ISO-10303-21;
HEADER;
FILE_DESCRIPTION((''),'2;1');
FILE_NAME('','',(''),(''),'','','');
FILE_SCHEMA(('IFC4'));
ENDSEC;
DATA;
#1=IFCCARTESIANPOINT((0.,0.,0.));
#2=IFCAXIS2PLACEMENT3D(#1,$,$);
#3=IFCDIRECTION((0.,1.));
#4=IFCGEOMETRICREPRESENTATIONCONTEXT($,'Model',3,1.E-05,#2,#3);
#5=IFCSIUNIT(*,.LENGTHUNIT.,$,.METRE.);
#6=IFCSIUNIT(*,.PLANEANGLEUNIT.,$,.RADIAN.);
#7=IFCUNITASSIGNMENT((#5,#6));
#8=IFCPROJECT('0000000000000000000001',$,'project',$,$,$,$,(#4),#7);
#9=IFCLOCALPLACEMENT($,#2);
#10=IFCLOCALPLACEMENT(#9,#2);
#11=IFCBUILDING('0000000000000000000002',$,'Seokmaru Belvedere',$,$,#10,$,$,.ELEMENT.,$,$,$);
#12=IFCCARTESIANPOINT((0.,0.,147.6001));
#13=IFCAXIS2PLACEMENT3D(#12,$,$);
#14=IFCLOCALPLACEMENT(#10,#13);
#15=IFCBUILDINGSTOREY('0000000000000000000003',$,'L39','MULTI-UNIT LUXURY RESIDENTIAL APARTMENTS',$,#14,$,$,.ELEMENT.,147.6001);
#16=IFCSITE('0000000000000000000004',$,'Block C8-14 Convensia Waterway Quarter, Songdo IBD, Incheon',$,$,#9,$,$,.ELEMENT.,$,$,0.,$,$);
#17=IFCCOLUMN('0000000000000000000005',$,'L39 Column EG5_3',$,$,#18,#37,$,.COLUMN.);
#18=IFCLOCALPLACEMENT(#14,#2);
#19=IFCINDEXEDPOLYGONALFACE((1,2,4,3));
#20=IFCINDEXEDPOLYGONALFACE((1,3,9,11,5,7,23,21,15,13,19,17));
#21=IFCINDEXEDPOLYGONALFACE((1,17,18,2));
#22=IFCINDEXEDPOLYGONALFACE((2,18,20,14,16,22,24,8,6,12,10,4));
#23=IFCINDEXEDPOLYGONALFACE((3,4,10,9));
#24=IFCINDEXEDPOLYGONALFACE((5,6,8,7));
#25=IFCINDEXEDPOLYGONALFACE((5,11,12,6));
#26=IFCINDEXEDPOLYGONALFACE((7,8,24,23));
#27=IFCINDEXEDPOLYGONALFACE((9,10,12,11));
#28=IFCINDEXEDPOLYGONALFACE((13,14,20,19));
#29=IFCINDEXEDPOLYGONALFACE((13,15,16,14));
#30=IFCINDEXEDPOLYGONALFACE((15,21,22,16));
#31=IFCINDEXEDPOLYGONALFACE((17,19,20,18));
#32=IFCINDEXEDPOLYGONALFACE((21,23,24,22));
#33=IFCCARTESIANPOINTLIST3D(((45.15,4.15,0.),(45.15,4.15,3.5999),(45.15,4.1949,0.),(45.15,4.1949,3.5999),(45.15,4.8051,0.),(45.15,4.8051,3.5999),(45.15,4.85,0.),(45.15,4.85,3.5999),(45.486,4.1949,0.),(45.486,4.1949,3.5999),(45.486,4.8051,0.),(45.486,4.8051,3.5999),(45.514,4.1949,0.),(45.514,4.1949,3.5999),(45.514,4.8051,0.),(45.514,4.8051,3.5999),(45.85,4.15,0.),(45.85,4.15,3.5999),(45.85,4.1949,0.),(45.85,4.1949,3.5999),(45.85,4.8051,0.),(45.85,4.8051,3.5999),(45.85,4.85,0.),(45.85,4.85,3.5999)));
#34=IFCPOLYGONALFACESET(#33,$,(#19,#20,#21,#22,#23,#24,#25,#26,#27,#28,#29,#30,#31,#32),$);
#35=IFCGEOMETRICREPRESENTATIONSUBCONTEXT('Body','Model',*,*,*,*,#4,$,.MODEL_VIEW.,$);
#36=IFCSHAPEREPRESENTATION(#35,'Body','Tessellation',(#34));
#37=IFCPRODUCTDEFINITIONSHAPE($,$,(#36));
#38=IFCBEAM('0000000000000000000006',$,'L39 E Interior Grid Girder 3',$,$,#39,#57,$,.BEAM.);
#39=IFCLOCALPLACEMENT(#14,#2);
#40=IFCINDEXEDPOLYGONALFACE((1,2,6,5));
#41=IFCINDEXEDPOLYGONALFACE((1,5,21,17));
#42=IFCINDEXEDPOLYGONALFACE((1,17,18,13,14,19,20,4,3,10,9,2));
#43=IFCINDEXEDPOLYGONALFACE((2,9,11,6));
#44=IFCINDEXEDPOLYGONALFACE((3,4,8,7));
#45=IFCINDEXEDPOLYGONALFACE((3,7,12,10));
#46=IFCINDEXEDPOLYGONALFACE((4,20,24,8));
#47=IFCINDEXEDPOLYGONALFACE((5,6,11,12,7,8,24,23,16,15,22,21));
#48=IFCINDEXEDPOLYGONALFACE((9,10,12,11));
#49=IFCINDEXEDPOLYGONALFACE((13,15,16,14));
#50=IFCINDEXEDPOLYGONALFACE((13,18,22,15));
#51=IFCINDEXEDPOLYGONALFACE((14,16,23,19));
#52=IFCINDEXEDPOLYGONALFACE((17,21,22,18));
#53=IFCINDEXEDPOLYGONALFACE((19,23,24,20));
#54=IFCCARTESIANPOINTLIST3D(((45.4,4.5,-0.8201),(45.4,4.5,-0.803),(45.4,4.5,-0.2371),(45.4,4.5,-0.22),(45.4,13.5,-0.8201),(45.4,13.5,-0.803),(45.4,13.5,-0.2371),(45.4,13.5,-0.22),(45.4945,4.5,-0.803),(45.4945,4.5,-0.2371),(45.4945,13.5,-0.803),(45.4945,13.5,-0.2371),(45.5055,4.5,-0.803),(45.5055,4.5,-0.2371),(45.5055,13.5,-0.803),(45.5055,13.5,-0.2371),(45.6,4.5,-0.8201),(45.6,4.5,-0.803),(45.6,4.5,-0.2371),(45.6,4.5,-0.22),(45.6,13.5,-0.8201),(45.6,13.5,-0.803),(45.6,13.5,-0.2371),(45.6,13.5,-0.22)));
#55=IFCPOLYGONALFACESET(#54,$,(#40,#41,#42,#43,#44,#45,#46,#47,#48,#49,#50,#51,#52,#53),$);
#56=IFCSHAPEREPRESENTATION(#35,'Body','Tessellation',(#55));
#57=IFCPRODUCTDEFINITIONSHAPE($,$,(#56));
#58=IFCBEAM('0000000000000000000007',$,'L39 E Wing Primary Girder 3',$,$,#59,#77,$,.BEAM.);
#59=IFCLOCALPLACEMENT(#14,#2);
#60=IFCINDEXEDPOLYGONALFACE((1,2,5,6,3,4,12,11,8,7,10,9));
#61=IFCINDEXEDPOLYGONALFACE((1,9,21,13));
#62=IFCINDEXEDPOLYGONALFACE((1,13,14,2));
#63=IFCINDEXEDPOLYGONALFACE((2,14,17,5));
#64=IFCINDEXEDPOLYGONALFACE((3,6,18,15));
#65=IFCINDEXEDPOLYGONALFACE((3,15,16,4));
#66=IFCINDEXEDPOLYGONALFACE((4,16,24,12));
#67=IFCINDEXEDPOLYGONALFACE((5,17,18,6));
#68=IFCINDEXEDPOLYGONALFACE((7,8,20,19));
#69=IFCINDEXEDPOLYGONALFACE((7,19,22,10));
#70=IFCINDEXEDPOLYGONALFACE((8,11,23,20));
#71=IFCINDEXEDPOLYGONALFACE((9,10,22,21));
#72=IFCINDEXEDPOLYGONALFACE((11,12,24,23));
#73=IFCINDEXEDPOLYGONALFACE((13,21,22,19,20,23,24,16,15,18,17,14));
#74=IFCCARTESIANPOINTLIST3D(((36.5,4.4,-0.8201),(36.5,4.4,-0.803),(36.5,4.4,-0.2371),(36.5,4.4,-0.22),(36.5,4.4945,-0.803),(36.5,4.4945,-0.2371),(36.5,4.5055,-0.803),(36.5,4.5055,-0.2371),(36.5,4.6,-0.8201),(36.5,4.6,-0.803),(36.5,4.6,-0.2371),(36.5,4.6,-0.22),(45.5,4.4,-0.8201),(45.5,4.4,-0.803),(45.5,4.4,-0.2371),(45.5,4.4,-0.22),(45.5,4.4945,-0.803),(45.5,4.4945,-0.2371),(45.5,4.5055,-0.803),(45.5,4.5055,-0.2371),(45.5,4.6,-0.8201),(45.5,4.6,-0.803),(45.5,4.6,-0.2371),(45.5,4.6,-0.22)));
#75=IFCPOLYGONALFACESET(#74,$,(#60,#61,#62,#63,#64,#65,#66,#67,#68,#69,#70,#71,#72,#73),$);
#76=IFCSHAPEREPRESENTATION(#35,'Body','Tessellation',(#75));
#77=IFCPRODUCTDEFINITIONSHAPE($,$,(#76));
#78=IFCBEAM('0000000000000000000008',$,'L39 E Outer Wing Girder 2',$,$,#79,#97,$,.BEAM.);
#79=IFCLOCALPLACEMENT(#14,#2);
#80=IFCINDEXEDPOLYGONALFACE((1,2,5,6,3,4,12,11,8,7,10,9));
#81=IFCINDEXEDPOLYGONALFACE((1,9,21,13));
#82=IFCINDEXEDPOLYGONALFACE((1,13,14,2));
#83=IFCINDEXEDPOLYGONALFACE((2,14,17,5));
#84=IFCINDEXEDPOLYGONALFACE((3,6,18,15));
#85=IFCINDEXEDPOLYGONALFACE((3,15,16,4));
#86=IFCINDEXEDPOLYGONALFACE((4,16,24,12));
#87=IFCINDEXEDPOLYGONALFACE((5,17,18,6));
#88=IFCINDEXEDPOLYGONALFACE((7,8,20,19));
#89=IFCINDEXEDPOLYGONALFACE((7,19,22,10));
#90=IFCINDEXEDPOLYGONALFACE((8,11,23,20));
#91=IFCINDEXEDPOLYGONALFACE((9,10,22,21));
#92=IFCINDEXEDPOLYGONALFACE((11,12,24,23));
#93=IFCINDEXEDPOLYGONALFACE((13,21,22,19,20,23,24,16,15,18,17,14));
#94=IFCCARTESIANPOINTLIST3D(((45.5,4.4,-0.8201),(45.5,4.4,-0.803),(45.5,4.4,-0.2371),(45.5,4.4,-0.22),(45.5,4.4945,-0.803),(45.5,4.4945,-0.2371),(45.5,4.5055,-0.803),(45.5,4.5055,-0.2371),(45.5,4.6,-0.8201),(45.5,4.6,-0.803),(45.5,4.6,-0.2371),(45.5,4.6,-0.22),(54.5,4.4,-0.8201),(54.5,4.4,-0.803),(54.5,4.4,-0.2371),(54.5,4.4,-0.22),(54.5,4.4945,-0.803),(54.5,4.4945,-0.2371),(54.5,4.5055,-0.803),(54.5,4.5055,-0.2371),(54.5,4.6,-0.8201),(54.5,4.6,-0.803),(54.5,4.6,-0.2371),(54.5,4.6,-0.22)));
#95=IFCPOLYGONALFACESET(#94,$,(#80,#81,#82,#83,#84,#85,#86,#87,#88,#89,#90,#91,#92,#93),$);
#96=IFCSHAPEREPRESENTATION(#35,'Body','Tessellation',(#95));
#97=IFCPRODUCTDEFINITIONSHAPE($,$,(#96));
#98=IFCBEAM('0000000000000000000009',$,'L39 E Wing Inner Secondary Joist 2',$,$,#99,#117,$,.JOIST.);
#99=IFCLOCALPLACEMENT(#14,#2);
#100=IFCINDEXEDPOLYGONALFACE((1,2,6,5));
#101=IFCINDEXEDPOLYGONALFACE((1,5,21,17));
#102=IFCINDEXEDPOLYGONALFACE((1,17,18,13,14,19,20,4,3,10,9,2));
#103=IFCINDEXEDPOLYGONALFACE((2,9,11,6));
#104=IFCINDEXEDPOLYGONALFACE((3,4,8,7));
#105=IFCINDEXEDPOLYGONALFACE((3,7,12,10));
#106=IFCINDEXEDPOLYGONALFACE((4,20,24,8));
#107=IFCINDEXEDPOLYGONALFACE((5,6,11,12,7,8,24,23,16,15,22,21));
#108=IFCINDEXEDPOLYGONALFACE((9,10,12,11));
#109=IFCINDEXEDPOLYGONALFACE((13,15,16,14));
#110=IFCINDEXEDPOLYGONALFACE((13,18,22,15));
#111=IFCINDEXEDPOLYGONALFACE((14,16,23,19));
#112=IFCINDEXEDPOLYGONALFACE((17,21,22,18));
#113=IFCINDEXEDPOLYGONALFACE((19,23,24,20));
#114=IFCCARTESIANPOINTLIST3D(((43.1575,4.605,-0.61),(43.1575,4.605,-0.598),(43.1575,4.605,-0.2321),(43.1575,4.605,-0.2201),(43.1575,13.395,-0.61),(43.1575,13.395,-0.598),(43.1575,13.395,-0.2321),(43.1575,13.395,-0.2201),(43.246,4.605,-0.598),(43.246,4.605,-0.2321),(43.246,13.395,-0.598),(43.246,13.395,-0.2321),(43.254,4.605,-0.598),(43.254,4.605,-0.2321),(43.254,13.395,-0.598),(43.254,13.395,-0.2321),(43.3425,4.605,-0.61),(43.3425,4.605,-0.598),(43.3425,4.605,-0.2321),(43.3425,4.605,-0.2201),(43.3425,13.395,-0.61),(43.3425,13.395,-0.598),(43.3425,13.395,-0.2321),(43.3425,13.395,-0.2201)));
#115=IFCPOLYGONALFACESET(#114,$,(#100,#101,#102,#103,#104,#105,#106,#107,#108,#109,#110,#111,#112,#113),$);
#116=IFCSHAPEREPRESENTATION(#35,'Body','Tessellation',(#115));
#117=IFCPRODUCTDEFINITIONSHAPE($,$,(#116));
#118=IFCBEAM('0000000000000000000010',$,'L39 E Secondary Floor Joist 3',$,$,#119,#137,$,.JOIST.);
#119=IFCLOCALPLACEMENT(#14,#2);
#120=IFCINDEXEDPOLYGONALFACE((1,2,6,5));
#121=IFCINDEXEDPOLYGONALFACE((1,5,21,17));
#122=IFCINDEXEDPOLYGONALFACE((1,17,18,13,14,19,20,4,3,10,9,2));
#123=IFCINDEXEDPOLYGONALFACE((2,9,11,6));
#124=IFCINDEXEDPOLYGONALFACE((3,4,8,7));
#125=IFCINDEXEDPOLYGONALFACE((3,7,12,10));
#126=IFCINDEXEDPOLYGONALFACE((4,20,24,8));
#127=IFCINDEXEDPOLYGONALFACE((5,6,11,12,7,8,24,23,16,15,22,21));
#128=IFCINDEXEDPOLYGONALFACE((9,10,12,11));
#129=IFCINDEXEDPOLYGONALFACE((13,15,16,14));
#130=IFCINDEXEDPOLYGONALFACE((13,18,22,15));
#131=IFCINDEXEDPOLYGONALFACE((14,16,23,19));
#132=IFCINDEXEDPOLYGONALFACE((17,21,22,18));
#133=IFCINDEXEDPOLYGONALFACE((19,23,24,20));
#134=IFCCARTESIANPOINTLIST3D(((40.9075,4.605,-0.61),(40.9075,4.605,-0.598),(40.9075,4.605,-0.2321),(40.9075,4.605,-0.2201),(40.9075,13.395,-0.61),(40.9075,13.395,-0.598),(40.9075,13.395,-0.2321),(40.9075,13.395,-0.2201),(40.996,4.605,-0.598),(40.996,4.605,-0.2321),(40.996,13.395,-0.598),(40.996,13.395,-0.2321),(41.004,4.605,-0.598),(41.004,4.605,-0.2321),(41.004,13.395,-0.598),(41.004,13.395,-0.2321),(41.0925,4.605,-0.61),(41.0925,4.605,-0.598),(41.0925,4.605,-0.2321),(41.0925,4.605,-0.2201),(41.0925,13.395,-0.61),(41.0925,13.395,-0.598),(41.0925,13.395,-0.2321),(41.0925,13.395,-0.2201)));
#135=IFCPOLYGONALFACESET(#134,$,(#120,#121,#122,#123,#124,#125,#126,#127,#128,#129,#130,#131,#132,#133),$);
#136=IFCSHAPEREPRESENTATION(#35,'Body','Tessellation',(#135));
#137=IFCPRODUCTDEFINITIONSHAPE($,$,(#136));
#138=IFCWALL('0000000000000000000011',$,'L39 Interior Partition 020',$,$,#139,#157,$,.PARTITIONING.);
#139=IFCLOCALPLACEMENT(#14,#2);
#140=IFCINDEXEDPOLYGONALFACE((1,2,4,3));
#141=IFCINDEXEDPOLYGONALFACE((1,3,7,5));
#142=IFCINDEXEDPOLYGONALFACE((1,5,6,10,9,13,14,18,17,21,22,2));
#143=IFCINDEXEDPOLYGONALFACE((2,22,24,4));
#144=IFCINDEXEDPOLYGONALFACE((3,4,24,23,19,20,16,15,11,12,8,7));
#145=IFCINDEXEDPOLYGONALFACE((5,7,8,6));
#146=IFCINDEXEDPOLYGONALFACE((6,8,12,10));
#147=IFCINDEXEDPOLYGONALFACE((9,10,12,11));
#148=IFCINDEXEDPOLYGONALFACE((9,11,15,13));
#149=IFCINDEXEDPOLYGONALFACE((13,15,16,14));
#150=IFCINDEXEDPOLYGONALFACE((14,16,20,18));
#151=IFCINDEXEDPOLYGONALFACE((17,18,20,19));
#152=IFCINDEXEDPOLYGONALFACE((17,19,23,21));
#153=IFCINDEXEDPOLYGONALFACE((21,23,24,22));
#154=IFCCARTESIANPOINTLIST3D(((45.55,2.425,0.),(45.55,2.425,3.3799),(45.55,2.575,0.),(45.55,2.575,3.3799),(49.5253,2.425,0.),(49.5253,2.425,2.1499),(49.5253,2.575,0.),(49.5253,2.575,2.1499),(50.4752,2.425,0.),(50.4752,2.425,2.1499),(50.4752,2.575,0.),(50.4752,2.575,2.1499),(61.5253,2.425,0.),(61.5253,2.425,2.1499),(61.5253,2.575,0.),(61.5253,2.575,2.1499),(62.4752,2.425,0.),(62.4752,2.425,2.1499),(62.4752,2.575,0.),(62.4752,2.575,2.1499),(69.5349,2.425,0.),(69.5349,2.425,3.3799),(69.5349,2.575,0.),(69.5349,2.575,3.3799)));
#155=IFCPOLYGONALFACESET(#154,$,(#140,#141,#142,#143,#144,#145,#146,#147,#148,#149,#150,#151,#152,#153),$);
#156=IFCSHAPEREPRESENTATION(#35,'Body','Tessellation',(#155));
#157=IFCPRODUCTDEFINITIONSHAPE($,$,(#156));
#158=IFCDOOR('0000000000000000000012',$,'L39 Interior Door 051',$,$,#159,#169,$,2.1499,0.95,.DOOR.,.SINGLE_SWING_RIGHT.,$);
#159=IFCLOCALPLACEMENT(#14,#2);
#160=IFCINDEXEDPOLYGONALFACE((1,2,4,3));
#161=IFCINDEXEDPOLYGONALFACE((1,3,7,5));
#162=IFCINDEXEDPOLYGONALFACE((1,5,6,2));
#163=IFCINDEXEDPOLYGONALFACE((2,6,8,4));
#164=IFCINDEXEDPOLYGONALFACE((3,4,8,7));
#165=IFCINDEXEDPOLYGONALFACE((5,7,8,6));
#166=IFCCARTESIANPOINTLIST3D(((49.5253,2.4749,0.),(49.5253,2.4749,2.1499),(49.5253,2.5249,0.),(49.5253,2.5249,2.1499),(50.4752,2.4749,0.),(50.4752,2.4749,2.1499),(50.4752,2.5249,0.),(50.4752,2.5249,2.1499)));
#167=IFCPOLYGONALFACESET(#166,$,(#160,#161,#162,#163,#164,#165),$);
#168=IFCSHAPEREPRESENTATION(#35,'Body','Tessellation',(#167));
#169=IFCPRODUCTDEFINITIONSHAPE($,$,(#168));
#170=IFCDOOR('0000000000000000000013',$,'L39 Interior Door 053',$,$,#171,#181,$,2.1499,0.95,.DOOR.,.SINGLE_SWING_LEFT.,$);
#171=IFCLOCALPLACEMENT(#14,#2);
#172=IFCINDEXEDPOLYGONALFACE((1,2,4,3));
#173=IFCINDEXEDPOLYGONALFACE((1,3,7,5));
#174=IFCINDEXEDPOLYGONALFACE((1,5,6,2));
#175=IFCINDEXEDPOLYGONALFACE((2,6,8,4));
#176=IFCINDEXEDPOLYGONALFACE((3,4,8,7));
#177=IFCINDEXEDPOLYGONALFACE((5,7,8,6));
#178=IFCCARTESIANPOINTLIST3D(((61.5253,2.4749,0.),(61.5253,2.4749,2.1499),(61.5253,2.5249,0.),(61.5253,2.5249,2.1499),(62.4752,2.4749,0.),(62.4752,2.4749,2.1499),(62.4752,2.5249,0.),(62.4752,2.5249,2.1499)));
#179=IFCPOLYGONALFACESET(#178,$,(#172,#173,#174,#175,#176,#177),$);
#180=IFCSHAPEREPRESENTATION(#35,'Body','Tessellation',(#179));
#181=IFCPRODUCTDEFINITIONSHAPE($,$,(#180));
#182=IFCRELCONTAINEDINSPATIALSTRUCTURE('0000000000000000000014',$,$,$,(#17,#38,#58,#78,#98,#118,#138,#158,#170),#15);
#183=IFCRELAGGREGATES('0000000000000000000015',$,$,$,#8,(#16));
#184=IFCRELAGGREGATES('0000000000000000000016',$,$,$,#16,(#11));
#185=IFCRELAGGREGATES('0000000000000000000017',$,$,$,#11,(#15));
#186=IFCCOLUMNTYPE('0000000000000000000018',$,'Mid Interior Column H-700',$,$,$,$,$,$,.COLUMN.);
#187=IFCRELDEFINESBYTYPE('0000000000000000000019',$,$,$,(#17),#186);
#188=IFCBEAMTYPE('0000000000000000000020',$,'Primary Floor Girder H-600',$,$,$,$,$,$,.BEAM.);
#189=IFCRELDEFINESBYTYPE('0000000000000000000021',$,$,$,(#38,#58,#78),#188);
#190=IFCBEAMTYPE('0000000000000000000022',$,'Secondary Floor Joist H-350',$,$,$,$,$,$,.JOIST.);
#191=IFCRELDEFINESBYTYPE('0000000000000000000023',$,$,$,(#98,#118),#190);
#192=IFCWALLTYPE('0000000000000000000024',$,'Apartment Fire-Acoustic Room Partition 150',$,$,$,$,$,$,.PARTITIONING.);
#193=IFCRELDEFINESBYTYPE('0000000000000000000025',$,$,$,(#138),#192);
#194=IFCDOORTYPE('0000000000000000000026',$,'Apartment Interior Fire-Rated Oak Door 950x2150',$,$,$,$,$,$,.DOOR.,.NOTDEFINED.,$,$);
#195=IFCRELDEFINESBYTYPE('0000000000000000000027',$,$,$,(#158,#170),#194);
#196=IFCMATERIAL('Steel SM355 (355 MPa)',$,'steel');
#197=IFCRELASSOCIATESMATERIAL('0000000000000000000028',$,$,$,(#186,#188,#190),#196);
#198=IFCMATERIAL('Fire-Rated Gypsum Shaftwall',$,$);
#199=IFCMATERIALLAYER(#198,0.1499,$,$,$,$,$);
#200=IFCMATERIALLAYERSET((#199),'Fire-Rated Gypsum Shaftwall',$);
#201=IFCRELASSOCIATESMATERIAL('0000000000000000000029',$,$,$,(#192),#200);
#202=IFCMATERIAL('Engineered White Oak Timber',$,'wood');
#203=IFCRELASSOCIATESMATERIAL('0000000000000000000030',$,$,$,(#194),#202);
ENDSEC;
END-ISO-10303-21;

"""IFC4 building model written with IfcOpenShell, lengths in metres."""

from ifc_helpers import new_model, si_unit, direction, frame, frame_2d, origin, origin_2d, place, context, subcontext, project, spatial, rectangle, i_section, extrude, source, transform, mapped, material, layer, layer_set, material_profile, profile_set, type_object, type_shapes, element, fill, save


model = new_model("IFC4")

# Units and contexts
model_context = context("Model", 3, precision=1e-05, world=origin(), true_north=direction((0.0, 1.0)))
body_context = subcontext(model_context, "Body", "Model", "MODEL_VIEW")
ifc_project = project(units=[si_unit("LENGTHUNIT", "METRE"), si_unit("PLANEANGLEUNIT", "RADIAN")], contexts=[model_context])

# Site, building, storey
site_placement = place(None, origin())
site = spatial("IfcSite", under=ifc_project, at=site_placement, Name="Block C8-14 Convensia Waterway Quarter, Songdo IBD, Incheon", CompositionType="ELEMENT", RefElevation=0.0)
building_placement = place(site_placement, origin())
building = spatial("IfcBuilding", under=site, at=building_placement, Name="Seokmaru Belvedere", CompositionType="ELEMENT")
storey_placement = place(building_placement, frame((0.0, 0.0, 147.6001)))
storey = spatial("IfcBuildingStorey", under=building, at=storey_placement, Name="L39", Description="MULTI-UNIT LUXURY RESIDENTIAL APARTMENTS", CompositionType="ELEMENT", Elevation=147.6001)

# Column
ifc_material_1 = material(Name="Steel SM355 (355 MPa)", Category="steel")
ifc_material_profile_1 = material_profile(ifc_material_1, i_section(OverallWidth=0.7, OverallDepth=0.7, WebThickness=0.0281, FlangeThickness=0.0449, at=origin_2d()), Name="H-700x700x28x45")
ifc_profile_set_1 = profile_set([ifc_material_profile_1], Name="Steel SM355 (355 MPa)")
column_type = type_object("IfcColumnType", Name="Mid Interior Column H-700", PredefinedType="COLUMN", material=ifc_profile_set_1)
shared_shape_1 = source(origin(), body_context, "Body", "SweptSolid", [
    extrude(i_section(OverallWidth=0.7, OverallDepth=0.7, WebThickness=0.0281, FlangeThickness=0.0449, at=origin_2d()), origin(), (0.0, 0.0, 1.0), 3.5999),
])
type_shapes(column_type, [shared_shape_1])
column_placement = place(storey_placement, frame((45.5, 4.5, 0.0), z_axis=(0.0, 0.0, 1.0), x_axis=(1.0, 0.0, 0.0)))
element("IfcColumn", 1, at=column_placement, inside=storey, type_object=column_type, Name="L39 Column EG5_3", PredefinedType="COLUMN", context=body_context, shape_type="MappedRepresentation", body=[
    mapped(shared_shape_1, transform((0.0, 0.0, 0.0), scale=1.0)),
])

# Beams
ifc_material_profile_2 = material_profile(ifc_material_1, i_section(OverallWidth=0.2, OverallDepth=0.6001, WebThickness=0.011, FlangeThickness=0.0171, at=origin_2d()), Name="H-600x200x11x17")
ifc_profile_set_2 = profile_set([ifc_material_profile_2], Name="Steel SM355 (355 MPa)")
beam_type_1 = type_object("IfcBeamType", Name="Primary Floor Girder H-600", PredefinedType="BEAM", material=ifc_profile_set_2)
shared_shape_2 = source(origin(), body_context, "Body", "SweptSolid", [
    extrude(i_section(OverallWidth=0.2, OverallDepth=0.6001, WebThickness=0.011, FlangeThickness=0.0171, at=origin_2d()), origin(), (0.0, 0.0, 1.0), 9.0),
])
type_shapes(beam_type_1, [shared_shape_2])
for number, where, z_axis, x_axis, name in (
    (2, (45.5, 4.5, -0.52), (0.0, 1.0, 0.0), (-1.0, 0.0, 0.0), "L39 E Interior Grid Girder 3"),
    (3, (36.5, 4.5, -0.52), (1.0, 0.0, 0.0), (0.0, 1.0, 0.0), "L39 E Wing Primary Girder 3"),
    (4, (45.5, 4.5, -0.52), (1.0, 0.0, 0.0), (0.0, 1.0, 0.0), "L39 E Outer Wing Girder 2"),
):
    element("IfcBeam", number, at=place(storey_placement, frame(where, z_axis=z_axis, x_axis=x_axis)), inside=storey, type_object=beam_type_1, Name=name, PredefinedType="BEAM", context=body_context, shape_type="MappedRepresentation", body=[
        mapped(shared_shape_2, transform((0.0, 0.0, 0.0), scale=1.0)),
    ])
ifc_material_profile_3 = material_profile(ifc_material_1, i_section(OverallWidth=0.1851, OverallDepth=0.3899, WebThickness=0.0081, FlangeThickness=0.012, at=origin_2d()), Name="H-390x185x8x12")
ifc_profile_set_3 = profile_set([ifc_material_profile_3], Name="Steel SM355 (355 MPa)")
beam_type_2 = type_object("IfcBeamType", Name="Secondary Floor Joist H-350", PredefinedType="JOIST", material=ifc_profile_set_3)
shared_shape_3 = source(origin(), body_context, "Body", "SweptSolid", [
    extrude(i_section(OverallWidth=0.1851, OverallDepth=0.3899, WebThickness=0.0081, FlangeThickness=0.012, at=origin_2d()), origin(), (0.0, 0.0, 1.0), 8.79),
])
type_shapes(beam_type_2, [shared_shape_3])
for number, where, z_axis, x_axis, name in (
    (5, (43.25, 4.605, -0.415), (0.0, 1.0, 0.0), (-1.0, 0.0, 0.0), "L39 E Wing Inner Secondary Joist 2"),
    (6, (41.0, 4.605, -0.415), (0.0, 1.0, 0.0), (-1.0, 0.0, 0.0), "L39 E Secondary Floor Joist 3"),
):
    element("IfcBeam", number, at=place(storey_placement, frame(where, z_axis=z_axis, x_axis=x_axis)), inside=storey, type_object=beam_type_2, Name=name, PredefinedType="JOIST", context=body_context, shape_type="MappedRepresentation", body=[
        mapped(shared_shape_3, transform((0.0, 0.0, 0.0), scale=1.0)),
    ])

# Wall, openings, doors
ifc_material_2 = material(Name="Fire-Rated Gypsum Shaftwall")
ifc_layer_1 = layer(ifc_material_2, 0.1499)
ifc_layer_set_1 = layer_set([ifc_layer_1], Name="Fire-Rated Gypsum Shaftwall")
wall_type_1 = type_object("IfcWallType", Name="Apartment Fire-Acoustic Room Partition 150", PredefinedType="PARTITIONING", material=ifc_layer_set_1)
wall_1_placement = place(storey_placement, frame((45.55, 2.5, 0.0), z_axis=(0.0, 0.0, 1.0), x_axis=(1.0, 0.0, 0.0)))
wall_1 = element("IfcWall", 7, at=wall_1_placement, inside=storey, type_object=wall_type_1, Name="L39 Interior Partition 020", PredefinedType="PARTITIONING", context=body_context, shape_type="SweptSolid", body=[
    extrude(rectangle(XDim=23.9849, YDim=0.1499, at=frame_2d((11.9924, 0.0))), origin(), (0.0, 0.0, 1.0), 3.3799),
])
opening_1_placement = place(wall_1_placement, frame((3.9751, 0.0, 0.0)))
opening_1 = element("IfcOpeningElement", 8, at=opening_1_placement, cuts=wall_1, PredefinedType="OPENING", context=body_context, shape_type="SweptSolid", body=[
    extrude(rectangle(XDim=0.95, YDim=2.1499, at=frame_2d((0.4751, 1.075))), frame((0.0, 0.085, 0.0), z_axis=(0.0, -1.0, 0.0), x_axis=(1.0, 0.0, 0.0)), (0.0, 0.0, 1.0), 0.1699),
])
opening_2_placement = place(wall_1_placement, frame((15.9751, 0.0, 0.0)))
opening_2 = element("IfcOpeningElement", 9, at=opening_2_placement, cuts=wall_1, PredefinedType="OPENING", context=body_context, shape_type="SweptSolid", body=[
    extrude(rectangle(XDim=0.95, YDim=2.1499, at=frame_2d((0.4751, 1.075))), frame((0.0, 0.085, 0.0), z_axis=(0.0, -1.0, 0.0), x_axis=(1.0, 0.0, 0.0)), (0.0, 0.0, 1.0), 0.1699),
])
ifc_material_3 = material(Name="Engineered White Oak Timber", Category="wood")
door_type_1 = type_object("IfcDoorType", Name="Apartment Interior Fire-Rated Oak Door 950x2150", OperationType="NOTDEFINED", PredefinedType="DOOR", material=ifc_material_3)
shared_shape_4 = source(origin(), body_context, "Body", "SweptSolid", [
    extrude(rectangle(XDim=0.95, YDim=2.1499, at=frame_2d((0.4751, 1.075))), frame((0.0, 0.0249, 0.0), z_axis=(0.0, -1.0, 0.0), x_axis=(1.0, 0.0, 0.0)), (0.0, 0.0, 1.0), 0.05),
])
type_shapes(door_type_1, [shared_shape_4])
door_1_placement = place(opening_1_placement, origin())
door_1 = element("IfcDoor", 10, at=door_1_placement, inside=storey, type_object=door_type_1, Name="L39 Interior Door 051", OperationType="SINGLE_SWING_RIGHT", OverallHeight=2.1499, OverallWidth=0.95, PredefinedType="DOOR", context=body_context, shape_type="MappedRepresentation", body=[
    mapped(shared_shape_4, transform((0.0, 0.0, 0.0), scale=1.0)),
])
fill(opening_1, door_1)
door_2_placement = place(opening_2_placement, origin())
door_2 = element("IfcDoor", 11, at=door_2_placement, inside=storey, type_object=door_type_1, Name="L39 Interior Door 053", OperationType="SINGLE_SWING_LEFT", OverallHeight=2.1499, OverallWidth=0.95, PredefinedType="DOOR", context=body_context, shape_type="MappedRepresentation", body=[
    mapped(shared_shape_4, transform((0.0, 0.0, 0.0), scale=1.0)),
])
fill(opening_2, door_2)

save(model, "model.ifc")
